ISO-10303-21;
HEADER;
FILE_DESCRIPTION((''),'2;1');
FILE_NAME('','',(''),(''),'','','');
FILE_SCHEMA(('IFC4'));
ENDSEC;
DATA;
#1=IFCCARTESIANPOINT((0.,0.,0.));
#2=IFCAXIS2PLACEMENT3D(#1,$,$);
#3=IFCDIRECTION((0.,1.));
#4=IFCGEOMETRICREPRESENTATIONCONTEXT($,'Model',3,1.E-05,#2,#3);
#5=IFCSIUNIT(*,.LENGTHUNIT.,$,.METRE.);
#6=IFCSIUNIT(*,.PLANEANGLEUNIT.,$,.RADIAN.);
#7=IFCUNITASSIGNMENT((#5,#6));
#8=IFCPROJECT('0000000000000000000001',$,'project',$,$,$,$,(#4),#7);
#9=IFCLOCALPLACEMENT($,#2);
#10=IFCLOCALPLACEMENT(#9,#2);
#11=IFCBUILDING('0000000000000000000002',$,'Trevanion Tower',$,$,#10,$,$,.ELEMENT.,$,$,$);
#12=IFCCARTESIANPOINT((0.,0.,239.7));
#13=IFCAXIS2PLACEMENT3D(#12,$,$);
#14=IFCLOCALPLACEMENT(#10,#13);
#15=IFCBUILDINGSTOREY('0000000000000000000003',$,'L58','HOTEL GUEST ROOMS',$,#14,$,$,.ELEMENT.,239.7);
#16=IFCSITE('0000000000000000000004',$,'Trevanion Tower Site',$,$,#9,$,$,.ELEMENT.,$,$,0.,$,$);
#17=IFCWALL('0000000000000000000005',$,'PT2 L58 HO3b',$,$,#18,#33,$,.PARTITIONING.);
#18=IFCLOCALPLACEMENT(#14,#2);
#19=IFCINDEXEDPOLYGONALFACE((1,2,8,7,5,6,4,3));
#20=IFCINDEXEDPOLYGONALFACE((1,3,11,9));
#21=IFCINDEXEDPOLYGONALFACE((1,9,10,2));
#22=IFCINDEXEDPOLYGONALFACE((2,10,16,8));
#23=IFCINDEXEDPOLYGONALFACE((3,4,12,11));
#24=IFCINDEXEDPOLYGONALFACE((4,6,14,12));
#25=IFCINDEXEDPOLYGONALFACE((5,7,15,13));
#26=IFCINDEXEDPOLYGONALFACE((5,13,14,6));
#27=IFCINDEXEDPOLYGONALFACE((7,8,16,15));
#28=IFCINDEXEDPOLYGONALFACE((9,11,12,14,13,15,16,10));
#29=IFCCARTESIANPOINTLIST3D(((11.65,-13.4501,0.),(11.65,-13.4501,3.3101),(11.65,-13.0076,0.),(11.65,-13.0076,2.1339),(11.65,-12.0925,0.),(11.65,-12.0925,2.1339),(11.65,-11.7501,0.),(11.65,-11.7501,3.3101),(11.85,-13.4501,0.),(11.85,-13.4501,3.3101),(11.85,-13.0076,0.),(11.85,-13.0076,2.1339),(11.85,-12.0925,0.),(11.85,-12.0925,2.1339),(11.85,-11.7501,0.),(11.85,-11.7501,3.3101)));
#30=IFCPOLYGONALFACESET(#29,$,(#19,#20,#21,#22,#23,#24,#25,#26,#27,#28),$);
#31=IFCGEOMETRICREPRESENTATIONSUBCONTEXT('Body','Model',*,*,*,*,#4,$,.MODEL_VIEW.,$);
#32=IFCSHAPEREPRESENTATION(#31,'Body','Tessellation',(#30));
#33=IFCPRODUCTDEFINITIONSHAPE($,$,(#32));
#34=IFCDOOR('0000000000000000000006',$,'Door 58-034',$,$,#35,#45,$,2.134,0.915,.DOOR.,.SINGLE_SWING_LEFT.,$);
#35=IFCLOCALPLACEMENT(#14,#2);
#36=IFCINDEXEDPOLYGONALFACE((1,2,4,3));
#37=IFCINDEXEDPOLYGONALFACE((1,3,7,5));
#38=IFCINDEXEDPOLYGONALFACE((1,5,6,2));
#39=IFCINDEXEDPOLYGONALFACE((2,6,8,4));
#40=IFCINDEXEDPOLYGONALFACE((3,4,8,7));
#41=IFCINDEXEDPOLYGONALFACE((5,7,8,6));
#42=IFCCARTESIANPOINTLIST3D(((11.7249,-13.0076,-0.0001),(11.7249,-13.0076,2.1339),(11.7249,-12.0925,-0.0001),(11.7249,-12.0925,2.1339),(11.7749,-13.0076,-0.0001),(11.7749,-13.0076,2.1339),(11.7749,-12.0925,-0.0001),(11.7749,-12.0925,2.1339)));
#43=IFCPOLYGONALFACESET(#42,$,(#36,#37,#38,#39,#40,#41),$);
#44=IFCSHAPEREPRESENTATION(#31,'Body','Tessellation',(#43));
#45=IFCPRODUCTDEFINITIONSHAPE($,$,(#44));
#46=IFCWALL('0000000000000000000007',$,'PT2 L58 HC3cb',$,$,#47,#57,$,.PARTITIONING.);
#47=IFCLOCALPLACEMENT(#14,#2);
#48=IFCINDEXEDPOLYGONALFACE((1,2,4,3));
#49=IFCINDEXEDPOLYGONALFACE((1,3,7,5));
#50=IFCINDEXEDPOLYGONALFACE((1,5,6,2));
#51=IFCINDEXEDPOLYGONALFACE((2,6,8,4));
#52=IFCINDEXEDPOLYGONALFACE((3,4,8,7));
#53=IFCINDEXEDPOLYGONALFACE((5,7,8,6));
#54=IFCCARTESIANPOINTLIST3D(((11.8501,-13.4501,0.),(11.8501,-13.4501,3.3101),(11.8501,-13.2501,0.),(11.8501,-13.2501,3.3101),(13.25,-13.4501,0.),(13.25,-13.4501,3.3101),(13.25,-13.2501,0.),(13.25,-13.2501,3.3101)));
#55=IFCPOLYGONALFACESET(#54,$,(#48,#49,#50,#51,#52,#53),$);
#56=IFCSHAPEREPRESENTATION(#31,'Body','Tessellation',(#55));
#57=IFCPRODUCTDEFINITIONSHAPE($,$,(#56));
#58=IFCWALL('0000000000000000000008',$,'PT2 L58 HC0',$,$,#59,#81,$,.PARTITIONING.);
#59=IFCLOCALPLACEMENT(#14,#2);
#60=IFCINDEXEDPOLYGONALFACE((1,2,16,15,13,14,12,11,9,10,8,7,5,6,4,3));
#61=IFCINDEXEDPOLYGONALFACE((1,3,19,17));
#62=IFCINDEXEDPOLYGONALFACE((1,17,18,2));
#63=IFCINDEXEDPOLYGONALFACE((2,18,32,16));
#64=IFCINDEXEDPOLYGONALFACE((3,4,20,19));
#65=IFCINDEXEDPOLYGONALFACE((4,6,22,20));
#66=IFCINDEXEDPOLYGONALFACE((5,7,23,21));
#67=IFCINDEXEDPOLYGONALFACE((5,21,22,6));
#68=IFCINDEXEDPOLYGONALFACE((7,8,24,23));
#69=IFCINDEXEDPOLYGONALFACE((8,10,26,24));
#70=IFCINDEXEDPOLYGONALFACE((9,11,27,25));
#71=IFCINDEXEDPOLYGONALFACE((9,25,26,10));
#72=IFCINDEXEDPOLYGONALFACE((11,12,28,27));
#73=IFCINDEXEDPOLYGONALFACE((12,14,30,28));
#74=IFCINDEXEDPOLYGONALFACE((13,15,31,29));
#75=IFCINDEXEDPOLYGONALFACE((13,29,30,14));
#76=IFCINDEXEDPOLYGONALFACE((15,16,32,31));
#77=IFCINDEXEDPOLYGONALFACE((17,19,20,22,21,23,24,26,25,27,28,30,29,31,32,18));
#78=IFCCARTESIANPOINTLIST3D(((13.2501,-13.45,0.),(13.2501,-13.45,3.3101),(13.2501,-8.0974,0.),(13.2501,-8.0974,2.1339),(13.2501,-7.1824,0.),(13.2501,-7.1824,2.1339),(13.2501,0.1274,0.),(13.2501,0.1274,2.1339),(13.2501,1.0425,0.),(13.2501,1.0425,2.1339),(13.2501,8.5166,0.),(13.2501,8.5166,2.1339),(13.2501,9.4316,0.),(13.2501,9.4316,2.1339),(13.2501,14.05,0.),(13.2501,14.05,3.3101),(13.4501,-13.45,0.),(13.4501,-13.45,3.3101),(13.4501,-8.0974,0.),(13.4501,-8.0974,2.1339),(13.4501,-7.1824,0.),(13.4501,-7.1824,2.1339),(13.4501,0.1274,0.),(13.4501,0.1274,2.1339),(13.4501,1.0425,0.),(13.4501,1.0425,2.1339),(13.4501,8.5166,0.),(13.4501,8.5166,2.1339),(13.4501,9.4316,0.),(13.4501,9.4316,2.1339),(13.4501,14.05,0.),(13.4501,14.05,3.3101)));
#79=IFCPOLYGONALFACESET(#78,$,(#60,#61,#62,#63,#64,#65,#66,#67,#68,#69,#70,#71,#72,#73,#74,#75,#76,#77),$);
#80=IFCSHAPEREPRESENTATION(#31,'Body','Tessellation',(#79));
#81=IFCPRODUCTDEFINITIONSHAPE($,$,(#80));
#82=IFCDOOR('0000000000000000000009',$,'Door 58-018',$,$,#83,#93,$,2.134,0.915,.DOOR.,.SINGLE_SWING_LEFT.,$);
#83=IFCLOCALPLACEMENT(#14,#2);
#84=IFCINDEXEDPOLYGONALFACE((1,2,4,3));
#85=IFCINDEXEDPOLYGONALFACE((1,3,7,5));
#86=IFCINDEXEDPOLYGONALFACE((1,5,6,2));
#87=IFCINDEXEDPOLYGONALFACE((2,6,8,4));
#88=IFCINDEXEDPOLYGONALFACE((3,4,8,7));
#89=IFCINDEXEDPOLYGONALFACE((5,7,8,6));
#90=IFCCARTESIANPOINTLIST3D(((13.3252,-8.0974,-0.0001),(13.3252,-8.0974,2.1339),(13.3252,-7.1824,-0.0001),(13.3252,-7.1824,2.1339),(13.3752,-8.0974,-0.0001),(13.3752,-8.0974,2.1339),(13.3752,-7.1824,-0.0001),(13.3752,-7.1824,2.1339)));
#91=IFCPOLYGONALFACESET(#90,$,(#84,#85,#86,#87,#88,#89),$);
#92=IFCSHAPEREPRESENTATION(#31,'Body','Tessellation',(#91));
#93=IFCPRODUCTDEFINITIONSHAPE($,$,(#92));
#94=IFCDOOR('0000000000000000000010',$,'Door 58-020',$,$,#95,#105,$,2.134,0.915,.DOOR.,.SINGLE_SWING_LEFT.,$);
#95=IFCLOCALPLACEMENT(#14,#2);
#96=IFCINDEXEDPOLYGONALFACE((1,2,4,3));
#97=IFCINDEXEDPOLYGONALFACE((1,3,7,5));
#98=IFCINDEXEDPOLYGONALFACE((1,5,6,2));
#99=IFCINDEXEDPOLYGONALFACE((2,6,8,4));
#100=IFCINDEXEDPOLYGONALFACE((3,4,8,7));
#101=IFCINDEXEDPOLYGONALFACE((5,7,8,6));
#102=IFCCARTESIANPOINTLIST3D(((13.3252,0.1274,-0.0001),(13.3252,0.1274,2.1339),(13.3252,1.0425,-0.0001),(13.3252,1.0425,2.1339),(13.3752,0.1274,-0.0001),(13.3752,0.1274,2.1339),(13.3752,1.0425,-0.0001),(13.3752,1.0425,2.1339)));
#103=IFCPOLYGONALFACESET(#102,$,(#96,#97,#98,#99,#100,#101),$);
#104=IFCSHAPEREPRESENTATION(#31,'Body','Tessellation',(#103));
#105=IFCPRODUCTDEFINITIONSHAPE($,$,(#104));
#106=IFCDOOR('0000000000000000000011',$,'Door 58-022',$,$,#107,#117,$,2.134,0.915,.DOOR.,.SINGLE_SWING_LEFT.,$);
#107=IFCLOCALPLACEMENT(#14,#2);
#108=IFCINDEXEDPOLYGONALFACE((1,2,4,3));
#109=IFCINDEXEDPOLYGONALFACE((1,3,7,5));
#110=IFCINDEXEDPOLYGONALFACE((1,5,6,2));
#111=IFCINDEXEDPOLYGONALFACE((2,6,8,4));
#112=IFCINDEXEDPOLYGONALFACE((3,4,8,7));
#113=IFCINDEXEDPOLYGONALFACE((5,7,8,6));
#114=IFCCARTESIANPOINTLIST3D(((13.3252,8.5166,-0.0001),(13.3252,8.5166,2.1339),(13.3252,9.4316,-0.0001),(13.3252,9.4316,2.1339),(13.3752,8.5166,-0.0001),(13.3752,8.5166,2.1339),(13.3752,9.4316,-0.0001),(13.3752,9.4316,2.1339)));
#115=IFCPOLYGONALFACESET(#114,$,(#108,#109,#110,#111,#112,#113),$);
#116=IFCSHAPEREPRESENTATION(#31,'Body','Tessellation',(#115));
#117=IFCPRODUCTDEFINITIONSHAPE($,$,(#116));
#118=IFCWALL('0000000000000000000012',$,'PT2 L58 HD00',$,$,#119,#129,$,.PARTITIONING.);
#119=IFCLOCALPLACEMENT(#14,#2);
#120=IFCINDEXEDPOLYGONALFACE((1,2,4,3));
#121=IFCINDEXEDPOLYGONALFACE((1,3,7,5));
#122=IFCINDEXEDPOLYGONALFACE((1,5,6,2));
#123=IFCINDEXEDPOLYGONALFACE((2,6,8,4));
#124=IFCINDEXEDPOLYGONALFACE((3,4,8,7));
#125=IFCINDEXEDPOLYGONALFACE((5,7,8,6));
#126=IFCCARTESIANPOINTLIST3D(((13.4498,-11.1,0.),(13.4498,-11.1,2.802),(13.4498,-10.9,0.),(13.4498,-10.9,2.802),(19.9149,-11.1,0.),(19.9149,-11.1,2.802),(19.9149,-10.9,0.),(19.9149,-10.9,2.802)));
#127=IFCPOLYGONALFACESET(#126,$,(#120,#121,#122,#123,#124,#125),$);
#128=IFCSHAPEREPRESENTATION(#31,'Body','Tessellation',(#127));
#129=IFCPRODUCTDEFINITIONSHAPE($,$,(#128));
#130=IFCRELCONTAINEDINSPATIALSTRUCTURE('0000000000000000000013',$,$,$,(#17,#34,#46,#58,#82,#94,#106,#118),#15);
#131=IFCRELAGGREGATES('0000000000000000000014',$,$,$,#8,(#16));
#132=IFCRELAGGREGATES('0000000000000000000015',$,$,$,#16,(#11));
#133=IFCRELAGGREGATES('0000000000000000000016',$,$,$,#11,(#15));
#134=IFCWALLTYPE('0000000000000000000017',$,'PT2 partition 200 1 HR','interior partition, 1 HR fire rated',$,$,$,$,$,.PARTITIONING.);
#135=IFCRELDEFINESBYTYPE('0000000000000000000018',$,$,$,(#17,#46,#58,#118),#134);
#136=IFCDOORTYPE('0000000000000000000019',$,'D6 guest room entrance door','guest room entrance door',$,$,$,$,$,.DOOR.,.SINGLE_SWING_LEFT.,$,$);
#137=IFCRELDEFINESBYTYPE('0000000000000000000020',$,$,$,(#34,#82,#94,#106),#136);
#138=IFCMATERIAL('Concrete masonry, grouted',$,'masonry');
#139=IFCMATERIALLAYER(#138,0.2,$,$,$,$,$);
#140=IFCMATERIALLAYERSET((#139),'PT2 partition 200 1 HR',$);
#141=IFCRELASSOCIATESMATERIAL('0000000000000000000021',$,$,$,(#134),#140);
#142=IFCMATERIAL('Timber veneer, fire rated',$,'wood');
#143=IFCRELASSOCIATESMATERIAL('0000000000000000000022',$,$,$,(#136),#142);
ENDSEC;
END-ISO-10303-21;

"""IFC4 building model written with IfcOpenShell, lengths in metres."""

from ifc_helpers import new_model, si_unit, direction, frame, frame_2d, origin, place, context, subcontext, project, spatial, rectangle, extrude, material, layer, layer_set, type_object, element, fill, save


model = new_model("IFC4")

# Units and contexts
model_context = context("Model", 3, precision=1e-05, world=origin(), true_north=direction((0.0, 1.0)))
body_context = subcontext(model_context, "Body", "Model", "MODEL_VIEW")
ifc_project = project(units=[si_unit("LENGTHUNIT", "METRE"), si_unit("PLANEANGLEUNIT", "RADIAN")], contexts=[model_context])

# Site, building, storey
site_placement = place(None, origin())
site = spatial("IfcSite", under=ifc_project, at=site_placement, Name="Trevanion Tower Site", CompositionType="ELEMENT", RefElevation=0.0)
building_placement = place(site_placement, origin())
building = spatial("IfcBuilding", under=site, at=building_placement, Name="Trevanion Tower", CompositionType="ELEMENT")
storey_placement = place(building_placement, frame((0.0, 0.0, 239.7)))
storey = spatial("IfcBuildingStorey", under=building, at=storey_placement, Name="L58", Description="HOTEL GUEST ROOMS", CompositionType="ELEMENT", Elevation=239.7)

# Wall, opening, door
ifc_material_1 = material(Name="Concrete masonry, grouted", Category="masonry")
ifc_layer_1 = layer(ifc_material_1, 0.2)
ifc_layer_set_1 = layer_set([ifc_layer_1], Name="PT2 partition 200 1 HR")
wall_type = type_object("IfcWallType", Name="PT2 partition 200 1 HR", Description="interior partition, 1 HR fire rated", PredefinedType="PARTITIONING", material=ifc_layer_set_1)
wall_1_placement = place(storey_placement, frame((11.75, -11.75, 0.0), z_axis=(0.0, 0.0, 1.0), x_axis=(0.0, -1.0, 0.0)))
wall_1 = element("IfcWall", 1, at=wall_1_placement, inside=storey, type_object=wall_type, Name="PT2 L58 HO3b", PredefinedType="PARTITIONING", context=body_context, shape_type="SweptSolid", body=[
    extrude(rectangle(XDim=1.7, YDim=0.2, at=frame_2d((0.8501, 0.0))), origin(), (0.0, 0.0, 1.0), 3.3101),
])
opening_1_placement = place(wall_1_placement, frame((0.3425, 0.0, 0.0)))
opening_1 = element("IfcOpeningElement", 2, at=opening_1_placement, cuts=wall_1, PredefinedType="OPENING", context=body_context, shape_type="SweptSolid", body=[
    extrude(rectangle(XDim=0.915, YDim=2.134, at=frame_2d((0.4575, 1.0669))), frame((0.0, 0.1099, 0.0), z_axis=(0.0, -1.0, 0.0), x_axis=(1.0, 0.0, 0.0)), (0.0, 0.0, 1.0), 0.22),
])
ifc_material_2 = material(Name="Timber veneer, fire rated", Category="wood")
door_type = type_object("IfcDoorType", Name="D6 guest room entrance door", Description="guest room entrance door", OperationType="SINGLE_SWING_LEFT", PredefinedType="DOOR", material=ifc_material_2)
door_1_placement = place(opening_1_placement, origin())
door_1 = element("IfcDoor", 3, at=door_1_placement, inside=storey, type_object=door_type, Name="Door 58-034", OperationType="SINGLE_SWING_LEFT", OverallHeight=2.134, OverallWidth=0.915, PredefinedType="DOOR", context=body_context, shape_type="SweptSolid", body=[
    extrude(rectangle(XDim=0.915, YDim=2.134, at=frame_2d((0.4575, 1.0669))), frame((0.0, 0.0249, 0.0), z_axis=(0.0, -1.0, 0.0), x_axis=(1.0, 0.0, 0.0)), (0.0, 0.0, 1.0), 0.05),
])
fill(opening_1, door_1)

# Wall
wall_2_placement = place(storey_placement, frame((11.8501, -13.3501, 0.0), z_axis=(0.0, 0.0, 1.0), x_axis=(1.0, 0.0, 0.0)))
element("IfcWall", 4, at=wall_2_placement, inside=storey, type_object=wall_type, Name="PT2 L58 HC3cb", PredefinedType="PARTITIONING", context=body_context, shape_type="SweptSolid", body=[
    extrude(rectangle(XDim=1.3999, YDim=0.2, at=frame_2d((0.7, 0.0))), origin(), (0.0, 0.0, 1.0), 3.3101),
])

# Wall, openings, doors
wall_3_placement = place(storey_placement, frame((13.3501, -13.45, 0.0), z_axis=(0.0, 0.0, 1.0), x_axis=(0.0, 1.0, 0.0)))
wall_3 = element("IfcWall", 5, at=wall_3_placement, inside=storey, type_object=wall_type, Name="PT2 L58 HC0", PredefinedType="PARTITIONING", context=body_context, shape_type="SweptSolid", body=[
    extrude(rectangle(XDim=27.5, YDim=0.2, at=frame_2d((13.75, 0.0))), origin(), (0.0, 0.0, 1.0), 3.3101),
])
opening_2_placement = place(wall_3_placement, frame((5.3525, 0.0, 0.0)))
opening_2 = element("IfcOpeningElement", 6, at=opening_2_placement, cuts=wall_3, PredefinedType="OPENING", context=body_context, shape_type="SweptSolid", body=[
    extrude(rectangle(XDim=0.915, YDim=2.134, at=frame_2d((0.4575, 1.0669))), frame((0.0, 0.1099, 0.0), z_axis=(0.0, -1.0, 0.0), x_axis=(1.0, 0.0, 0.0)), (0.0, 0.0, 1.0), 0.22),
])
opening_3_placement = place(wall_3_placement, frame((13.5774, 0.0, 0.0)))
opening_3 = element("IfcOpeningElement", 7, at=opening_3_placement, cuts=wall_3, PredefinedType="OPENING", context=body_context, shape_type="SweptSolid", body=[
    extrude(rectangle(XDim=0.915, YDim=2.134, at=frame_2d((0.4575, 1.0669))), frame((0.0, 0.1099, 0.0), z_axis=(0.0, -1.0, 0.0), x_axis=(1.0, 0.0, 0.0)), (0.0, 0.0, 1.0), 0.22),
])
opening_4_placement = place(wall_3_placement, frame((21.9666, 0.0, 0.0)))
opening_4 = element("IfcOpeningElement", 8, at=opening_4_placement, cuts=wall_3, PredefinedType="OPENING", context=body_context, shape_type="SweptSolid", body=[
    extrude(rectangle(XDim=0.915, YDim=2.134, at=frame_2d((0.4575, 1.0669))), frame((0.0, 0.1099, 0.0), z_axis=(0.0, -1.0, 0.0), x_axis=(1.0, 0.0, 0.0)), (0.0, 0.0, 1.0), 0.22),
])
door_2_placement = place(opening_2_placement, origin())
door_2 = element("IfcDoor", 9, at=door_2_placement, inside=storey, type_object=door_type, Name="Door 58-018", OperationType="SINGLE_SWING_LEFT", OverallHeight=2.134, OverallWidth=0.915, PredefinedType="DOOR", context=body_context, shape_type="SweptSolid", body=[
    extrude(rectangle(XDim=0.915, YDim=2.134, at=frame_2d((0.4575, 1.0669))), frame((0.0, 0.0249, 0.0), z_axis=(0.0, -1.0, 0.0), x_axis=(1.0, 0.0, 0.0)), (0.0, 0.0, 1.0), 0.05),
])
fill(opening_2, door_2)
door_3_placement = place(opening_3_placement, origin())
door_3 = element("IfcDoor", 10, at=door_3_placement, inside=storey, type_object=door_type, Name="Door 58-020", OperationType="SINGLE_SWING_LEFT", OverallHeight=2.134, OverallWidth=0.915, PredefinedType="DOOR", context=body_context, shape_type="SweptSolid", body=[
    extrude(rectangle(XDim=0.915, YDim=2.134, at=frame_2d((0.4575, 1.0669))), frame((0.0, 0.0249, 0.0), z_axis=(0.0, -1.0, 0.0), x_axis=(1.0, 0.0, 0.0)), (0.0, 0.0, 1.0), 0.05),
])
fill(opening_3, door_3)
door_4_placement = place(opening_4_placement, origin())
door_4 = element("IfcDoor", 11, at=door_4_placement, inside=storey, type_object=door_type, Name="Door 58-022", OperationType="SINGLE_SWING_LEFT", OverallHeight=2.134, OverallWidth=0.915, PredefinedType="DOOR", context=body_context, shape_type="SweptSolid", body=[
    extrude(rectangle(XDim=0.915, YDim=2.134, at=frame_2d((0.4575, 1.0669))), frame((0.0, 0.0249, 0.0), z_axis=(0.0, -1.0, 0.0), x_axis=(1.0, 0.0, 0.0)), (0.0, 0.0, 1.0), 0.05),
])
fill(opening_4, door_4)

# Wall
wall_4_placement = place(storey_placement, frame((13.45, -11.0, 0.0), z_axis=(0.0, 0.0, 1.0), x_axis=(1.0, 0.0, 0.0)))
element("IfcWall", 12, at=wall_4_placement, inside=storey, type_object=wall_type, Name="PT2 L58 HD00", PredefinedType="PARTITIONING", context=body_context, shape_type="SweptSolid", body=[
    extrude(rectangle(XDim=6.4651, YDim=0.2, at=frame_2d((3.2324, 0.0))), origin(), (0.0, 0.0, 1.0), 2.802),
])

save(model, "model.ifc")
